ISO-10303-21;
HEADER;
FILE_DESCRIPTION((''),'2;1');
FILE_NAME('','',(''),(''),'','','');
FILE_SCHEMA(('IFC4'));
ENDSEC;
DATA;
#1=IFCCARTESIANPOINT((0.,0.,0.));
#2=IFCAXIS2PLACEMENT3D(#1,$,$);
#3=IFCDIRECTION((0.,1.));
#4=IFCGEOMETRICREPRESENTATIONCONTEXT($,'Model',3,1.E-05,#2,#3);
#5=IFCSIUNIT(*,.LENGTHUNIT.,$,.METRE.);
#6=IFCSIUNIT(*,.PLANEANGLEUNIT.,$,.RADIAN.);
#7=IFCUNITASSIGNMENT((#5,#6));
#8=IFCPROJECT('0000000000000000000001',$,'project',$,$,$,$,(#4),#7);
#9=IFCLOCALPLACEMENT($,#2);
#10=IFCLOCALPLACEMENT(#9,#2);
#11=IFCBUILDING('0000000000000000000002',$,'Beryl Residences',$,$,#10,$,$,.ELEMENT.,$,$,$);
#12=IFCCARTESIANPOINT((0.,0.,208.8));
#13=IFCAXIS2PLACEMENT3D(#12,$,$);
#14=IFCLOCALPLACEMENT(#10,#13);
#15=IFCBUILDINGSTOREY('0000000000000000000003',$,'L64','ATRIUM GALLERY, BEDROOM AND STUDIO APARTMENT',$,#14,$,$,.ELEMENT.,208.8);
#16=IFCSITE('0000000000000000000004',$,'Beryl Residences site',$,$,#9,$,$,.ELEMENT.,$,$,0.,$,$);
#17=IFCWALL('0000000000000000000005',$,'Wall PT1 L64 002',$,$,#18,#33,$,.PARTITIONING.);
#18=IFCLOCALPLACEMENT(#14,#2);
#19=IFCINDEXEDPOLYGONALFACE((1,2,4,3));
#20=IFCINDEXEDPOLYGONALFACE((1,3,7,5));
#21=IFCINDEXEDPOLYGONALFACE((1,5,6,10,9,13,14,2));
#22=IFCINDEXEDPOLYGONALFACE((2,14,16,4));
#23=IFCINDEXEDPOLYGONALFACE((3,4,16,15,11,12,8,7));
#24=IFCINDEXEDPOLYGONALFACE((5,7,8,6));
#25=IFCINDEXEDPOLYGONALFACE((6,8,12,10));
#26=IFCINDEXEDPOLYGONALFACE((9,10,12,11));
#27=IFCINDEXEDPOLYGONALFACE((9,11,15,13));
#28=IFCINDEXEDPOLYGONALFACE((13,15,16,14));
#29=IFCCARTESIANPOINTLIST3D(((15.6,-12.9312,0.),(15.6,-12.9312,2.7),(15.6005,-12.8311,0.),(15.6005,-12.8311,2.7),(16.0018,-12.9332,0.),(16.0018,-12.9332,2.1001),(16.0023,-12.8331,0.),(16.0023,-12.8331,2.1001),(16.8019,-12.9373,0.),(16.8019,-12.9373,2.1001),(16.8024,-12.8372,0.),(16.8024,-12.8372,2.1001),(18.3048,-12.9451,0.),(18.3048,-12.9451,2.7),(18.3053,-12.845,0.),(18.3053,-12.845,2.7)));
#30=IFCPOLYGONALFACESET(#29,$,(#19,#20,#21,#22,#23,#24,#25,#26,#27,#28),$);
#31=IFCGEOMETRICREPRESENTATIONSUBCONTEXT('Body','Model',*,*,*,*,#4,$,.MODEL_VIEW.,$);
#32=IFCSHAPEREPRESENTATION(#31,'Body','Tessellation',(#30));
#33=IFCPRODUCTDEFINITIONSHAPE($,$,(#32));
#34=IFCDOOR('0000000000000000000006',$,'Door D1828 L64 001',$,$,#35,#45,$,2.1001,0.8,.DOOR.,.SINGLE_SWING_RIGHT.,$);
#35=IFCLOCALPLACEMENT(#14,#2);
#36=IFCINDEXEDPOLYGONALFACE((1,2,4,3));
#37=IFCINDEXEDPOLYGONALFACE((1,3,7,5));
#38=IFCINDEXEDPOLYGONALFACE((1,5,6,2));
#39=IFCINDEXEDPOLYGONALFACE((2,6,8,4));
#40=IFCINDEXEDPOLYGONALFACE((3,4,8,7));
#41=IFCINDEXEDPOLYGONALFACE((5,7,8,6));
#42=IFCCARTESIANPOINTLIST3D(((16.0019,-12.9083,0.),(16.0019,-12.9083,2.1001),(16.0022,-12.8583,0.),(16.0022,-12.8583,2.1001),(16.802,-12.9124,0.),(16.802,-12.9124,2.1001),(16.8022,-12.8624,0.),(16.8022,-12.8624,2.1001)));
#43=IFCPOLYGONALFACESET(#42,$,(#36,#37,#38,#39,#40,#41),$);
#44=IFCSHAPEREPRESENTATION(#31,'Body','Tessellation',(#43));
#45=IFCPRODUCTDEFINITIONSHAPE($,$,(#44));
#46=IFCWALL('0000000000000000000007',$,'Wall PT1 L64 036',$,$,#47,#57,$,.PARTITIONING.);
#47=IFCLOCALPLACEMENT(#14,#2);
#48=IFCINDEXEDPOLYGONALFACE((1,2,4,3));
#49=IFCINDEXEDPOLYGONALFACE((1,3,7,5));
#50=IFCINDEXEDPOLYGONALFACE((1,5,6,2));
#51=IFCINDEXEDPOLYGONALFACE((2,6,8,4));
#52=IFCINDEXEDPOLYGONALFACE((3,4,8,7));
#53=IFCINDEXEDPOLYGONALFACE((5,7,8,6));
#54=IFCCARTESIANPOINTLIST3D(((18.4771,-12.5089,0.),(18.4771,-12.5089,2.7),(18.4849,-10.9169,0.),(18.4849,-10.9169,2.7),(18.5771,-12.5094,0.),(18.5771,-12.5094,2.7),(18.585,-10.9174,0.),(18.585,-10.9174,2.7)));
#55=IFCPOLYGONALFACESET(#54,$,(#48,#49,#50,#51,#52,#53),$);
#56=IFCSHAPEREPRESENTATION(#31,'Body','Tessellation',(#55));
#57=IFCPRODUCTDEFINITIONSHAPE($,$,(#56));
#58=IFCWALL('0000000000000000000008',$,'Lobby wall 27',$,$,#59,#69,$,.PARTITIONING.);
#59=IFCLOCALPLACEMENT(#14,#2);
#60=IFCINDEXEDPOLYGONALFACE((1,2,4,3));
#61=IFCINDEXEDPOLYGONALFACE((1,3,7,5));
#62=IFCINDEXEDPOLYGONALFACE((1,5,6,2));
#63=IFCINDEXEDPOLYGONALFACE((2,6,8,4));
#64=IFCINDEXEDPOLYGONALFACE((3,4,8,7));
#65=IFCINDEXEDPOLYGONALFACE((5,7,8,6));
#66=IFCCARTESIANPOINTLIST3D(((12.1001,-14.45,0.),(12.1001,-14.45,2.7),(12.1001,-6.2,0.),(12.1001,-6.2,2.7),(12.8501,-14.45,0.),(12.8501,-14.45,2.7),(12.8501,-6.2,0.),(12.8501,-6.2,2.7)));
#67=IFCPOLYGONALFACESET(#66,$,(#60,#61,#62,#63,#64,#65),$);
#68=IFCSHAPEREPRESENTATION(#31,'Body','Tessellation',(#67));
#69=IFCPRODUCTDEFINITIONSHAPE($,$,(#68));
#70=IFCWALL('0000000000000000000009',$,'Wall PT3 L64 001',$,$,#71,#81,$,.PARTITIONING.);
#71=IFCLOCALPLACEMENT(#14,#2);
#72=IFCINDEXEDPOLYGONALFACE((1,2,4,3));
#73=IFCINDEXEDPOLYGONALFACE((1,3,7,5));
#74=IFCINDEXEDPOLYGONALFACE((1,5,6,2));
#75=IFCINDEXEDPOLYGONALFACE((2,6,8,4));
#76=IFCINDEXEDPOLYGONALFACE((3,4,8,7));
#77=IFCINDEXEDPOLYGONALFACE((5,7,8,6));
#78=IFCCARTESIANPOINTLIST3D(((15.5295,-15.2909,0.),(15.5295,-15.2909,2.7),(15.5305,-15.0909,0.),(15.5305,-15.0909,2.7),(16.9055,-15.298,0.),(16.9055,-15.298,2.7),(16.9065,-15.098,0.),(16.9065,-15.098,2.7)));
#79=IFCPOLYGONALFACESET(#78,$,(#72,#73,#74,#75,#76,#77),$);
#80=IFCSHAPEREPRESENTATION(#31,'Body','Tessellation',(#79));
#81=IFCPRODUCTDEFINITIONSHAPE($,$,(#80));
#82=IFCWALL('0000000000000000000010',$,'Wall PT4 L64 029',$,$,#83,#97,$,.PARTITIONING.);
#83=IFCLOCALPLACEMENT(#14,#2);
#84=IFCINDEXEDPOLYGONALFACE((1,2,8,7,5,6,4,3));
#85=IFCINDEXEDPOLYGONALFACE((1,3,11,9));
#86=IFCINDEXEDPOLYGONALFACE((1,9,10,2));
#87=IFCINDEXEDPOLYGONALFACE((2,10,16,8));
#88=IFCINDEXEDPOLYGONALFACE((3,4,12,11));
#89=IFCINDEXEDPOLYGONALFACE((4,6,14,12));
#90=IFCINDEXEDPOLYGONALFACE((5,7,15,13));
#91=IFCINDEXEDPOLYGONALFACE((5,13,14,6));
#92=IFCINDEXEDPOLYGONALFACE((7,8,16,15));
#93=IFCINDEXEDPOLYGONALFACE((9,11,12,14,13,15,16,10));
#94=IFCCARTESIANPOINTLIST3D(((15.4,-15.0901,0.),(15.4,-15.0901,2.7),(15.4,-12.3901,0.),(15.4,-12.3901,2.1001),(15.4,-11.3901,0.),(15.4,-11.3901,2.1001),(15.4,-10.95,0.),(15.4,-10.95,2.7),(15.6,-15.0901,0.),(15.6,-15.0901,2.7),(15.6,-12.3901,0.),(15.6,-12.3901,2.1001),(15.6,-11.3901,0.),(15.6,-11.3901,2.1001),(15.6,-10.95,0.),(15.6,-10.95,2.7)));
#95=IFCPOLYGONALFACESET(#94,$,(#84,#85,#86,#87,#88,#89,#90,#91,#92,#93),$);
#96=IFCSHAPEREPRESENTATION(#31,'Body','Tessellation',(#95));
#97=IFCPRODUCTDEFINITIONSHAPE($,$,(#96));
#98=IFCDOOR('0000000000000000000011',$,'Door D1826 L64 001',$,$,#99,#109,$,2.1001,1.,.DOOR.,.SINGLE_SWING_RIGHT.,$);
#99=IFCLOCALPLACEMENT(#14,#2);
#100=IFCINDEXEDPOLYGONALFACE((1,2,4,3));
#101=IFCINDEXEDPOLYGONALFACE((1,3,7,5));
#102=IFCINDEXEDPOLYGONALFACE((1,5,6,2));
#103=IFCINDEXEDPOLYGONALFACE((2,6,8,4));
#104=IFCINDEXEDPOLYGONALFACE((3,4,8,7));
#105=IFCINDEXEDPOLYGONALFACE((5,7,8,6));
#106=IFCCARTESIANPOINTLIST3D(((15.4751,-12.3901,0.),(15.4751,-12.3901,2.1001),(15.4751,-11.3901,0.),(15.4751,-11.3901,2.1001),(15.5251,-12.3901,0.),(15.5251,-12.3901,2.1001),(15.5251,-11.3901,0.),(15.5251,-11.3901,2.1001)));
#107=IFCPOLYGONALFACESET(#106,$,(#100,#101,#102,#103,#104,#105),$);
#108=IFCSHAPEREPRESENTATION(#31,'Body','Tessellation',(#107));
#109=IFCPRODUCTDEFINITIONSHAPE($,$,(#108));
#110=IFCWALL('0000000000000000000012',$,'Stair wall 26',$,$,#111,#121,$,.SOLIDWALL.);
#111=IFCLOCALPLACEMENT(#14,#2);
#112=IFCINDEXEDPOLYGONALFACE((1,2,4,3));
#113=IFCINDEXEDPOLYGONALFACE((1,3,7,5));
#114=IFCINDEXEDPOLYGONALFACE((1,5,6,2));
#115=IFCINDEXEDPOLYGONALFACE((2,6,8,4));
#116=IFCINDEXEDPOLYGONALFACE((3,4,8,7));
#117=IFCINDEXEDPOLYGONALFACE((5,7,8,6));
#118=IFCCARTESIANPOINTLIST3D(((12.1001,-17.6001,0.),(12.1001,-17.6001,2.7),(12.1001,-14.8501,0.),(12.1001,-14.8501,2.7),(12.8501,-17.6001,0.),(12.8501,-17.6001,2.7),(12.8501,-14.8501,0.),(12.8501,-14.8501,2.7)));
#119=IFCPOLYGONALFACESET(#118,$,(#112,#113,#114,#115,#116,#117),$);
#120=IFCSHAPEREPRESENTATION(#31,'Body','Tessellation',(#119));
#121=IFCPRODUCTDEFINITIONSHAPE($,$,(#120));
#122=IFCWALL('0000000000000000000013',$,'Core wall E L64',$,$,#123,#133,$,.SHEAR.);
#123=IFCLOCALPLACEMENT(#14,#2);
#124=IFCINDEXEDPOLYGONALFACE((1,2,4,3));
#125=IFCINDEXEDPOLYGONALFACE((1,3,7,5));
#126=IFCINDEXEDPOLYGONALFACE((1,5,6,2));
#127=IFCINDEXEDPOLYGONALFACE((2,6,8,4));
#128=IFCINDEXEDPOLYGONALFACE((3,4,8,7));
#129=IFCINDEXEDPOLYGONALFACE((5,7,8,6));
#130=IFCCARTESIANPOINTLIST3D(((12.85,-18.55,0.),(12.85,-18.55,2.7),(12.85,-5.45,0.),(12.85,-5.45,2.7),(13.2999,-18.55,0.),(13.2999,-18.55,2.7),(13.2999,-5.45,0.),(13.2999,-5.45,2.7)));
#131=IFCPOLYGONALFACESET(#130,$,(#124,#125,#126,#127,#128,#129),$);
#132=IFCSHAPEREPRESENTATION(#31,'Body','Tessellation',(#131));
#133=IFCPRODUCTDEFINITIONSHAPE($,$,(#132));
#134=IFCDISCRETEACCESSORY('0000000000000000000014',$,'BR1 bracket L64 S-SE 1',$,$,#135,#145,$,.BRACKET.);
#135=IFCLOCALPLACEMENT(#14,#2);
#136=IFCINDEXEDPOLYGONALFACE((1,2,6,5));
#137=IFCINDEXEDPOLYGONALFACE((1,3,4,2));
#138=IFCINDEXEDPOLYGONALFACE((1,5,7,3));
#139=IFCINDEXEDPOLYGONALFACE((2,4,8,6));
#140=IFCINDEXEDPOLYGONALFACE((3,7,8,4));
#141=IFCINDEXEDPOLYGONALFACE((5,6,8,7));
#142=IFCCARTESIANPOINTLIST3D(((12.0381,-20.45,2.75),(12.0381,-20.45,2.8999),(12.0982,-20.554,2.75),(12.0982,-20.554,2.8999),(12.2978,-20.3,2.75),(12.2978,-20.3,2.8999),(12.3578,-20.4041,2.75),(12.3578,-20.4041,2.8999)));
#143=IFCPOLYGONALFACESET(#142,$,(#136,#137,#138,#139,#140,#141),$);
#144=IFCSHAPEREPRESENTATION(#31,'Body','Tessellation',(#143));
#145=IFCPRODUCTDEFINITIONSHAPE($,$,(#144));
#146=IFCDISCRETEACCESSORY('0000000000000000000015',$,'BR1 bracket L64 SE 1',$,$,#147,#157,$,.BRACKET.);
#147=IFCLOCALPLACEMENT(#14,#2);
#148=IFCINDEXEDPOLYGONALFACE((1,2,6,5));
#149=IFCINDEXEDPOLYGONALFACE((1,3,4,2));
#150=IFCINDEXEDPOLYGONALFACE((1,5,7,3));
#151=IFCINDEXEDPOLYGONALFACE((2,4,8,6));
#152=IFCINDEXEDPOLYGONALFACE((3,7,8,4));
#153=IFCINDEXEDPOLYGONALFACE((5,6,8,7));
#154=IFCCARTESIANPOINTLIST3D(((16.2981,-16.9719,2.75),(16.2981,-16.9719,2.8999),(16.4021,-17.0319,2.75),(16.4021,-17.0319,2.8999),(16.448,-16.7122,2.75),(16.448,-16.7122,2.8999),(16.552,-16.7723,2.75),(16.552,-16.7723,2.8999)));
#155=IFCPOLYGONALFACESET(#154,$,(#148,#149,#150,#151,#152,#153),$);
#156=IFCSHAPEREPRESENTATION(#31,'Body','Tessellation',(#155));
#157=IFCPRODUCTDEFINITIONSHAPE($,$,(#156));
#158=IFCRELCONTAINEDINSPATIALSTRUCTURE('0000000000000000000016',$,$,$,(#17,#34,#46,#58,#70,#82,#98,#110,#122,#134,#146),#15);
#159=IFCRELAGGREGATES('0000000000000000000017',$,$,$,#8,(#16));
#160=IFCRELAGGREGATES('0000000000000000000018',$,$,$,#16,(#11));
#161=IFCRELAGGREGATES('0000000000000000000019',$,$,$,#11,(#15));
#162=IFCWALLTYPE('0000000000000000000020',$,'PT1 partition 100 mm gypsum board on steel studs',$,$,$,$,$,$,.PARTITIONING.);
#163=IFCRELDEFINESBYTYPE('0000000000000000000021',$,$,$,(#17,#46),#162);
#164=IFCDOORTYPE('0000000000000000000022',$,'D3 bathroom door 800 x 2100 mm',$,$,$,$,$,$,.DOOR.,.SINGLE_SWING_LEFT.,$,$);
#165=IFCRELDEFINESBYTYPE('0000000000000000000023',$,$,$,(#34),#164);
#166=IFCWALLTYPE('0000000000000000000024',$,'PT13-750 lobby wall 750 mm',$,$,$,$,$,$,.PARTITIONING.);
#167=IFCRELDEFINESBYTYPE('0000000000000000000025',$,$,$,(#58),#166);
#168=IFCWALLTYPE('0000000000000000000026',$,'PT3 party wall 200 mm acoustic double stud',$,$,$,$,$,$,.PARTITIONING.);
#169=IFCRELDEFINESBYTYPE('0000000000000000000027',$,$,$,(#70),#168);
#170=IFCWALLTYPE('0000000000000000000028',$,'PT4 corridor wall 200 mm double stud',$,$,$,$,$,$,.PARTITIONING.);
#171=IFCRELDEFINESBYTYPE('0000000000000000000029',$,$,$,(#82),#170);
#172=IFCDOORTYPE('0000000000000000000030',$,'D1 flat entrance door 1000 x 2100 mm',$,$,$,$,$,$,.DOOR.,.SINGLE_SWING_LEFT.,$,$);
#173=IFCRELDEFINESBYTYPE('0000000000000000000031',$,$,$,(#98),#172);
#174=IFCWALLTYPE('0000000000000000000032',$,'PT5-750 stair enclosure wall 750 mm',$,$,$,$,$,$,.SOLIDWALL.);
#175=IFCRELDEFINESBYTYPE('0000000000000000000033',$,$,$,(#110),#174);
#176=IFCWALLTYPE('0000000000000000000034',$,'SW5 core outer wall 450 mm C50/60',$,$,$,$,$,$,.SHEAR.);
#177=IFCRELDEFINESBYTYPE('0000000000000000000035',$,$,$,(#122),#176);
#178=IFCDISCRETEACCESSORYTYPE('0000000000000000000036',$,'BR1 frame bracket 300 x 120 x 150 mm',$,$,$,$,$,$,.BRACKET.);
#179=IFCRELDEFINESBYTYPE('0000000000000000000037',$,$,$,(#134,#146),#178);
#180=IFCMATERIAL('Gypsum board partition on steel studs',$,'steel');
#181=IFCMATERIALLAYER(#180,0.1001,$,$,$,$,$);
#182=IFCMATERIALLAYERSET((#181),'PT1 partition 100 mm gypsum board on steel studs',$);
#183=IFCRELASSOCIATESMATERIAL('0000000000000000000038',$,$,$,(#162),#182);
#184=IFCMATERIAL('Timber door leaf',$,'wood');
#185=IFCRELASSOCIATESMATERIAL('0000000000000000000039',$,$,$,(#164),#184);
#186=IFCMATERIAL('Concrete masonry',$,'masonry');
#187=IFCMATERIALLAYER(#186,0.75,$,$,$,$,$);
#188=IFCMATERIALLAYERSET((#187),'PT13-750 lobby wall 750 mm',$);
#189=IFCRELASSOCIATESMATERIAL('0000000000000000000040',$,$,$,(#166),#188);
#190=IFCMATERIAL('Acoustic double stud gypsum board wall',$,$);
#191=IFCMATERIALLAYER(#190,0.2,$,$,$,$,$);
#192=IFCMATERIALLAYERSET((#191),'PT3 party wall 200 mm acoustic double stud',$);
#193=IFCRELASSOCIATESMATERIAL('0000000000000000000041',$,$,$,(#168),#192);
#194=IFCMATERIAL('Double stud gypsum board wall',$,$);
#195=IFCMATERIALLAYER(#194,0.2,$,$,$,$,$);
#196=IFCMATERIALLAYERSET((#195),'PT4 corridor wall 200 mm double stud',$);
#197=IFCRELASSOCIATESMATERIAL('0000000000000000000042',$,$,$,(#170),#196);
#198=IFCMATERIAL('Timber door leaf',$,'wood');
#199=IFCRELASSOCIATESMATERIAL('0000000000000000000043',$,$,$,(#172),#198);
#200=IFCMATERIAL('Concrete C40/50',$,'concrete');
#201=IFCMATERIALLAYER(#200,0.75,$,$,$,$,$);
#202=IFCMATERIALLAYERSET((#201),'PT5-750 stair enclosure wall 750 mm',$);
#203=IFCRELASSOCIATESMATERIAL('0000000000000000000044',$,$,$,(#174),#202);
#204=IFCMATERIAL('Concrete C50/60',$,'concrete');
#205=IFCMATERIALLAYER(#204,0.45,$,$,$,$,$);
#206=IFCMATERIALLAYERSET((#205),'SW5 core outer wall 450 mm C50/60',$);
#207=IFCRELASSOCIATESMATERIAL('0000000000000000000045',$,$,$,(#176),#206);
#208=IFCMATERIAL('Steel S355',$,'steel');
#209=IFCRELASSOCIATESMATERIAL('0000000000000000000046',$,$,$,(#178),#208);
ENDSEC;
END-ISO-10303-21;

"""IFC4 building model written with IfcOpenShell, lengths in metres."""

from ifc_helpers import new_model, si_unit, direction, frame, frame_2d, origin, place, context, subcontext, project, spatial, polyline, rectangle, outline, extrude, source, transform, mapped, material, layer, layer_set, type_object, type_shapes, element, fill, save


model = new_model("IFC4")

# Units and contexts
model_context = context("Model", 3, precision=1e-05, world=origin(), true_north=direction((0.0, 1.0)))
body_context = subcontext(model_context, "Body", "Model", "MODEL_VIEW")
ifc_project = project(units=[si_unit("LENGTHUNIT", "METRE"), si_unit("PLANEANGLEUNIT", "RADIAN")], contexts=[model_context])

# Site, building, storey
site_placement = place(None, origin())
site = spatial("IfcSite", under=ifc_project, at=site_placement, Name="Beryl Residences site", CompositionType="ELEMENT", RefElevation=0.0)
building_placement = place(site_placement, origin())
building = spatial("IfcBuilding", under=site, at=building_placement, Name="Beryl Residences", CompositionType="ELEMENT")
storey_placement = place(building_placement, frame((0.0, 0.0, 208.8)))
storey = spatial("IfcBuildingStorey", under=building, at=storey_placement, Name="L64", Description="ATRIUM GALLERY, BEDROOM AND STUDIO APARTMENT", CompositionType="ELEMENT", Elevation=208.8)

# Wall, opening, door
ifc_material_1 = material(Name="Gypsum board partition on steel studs", Category="steel")
ifc_layer_1 = layer(ifc_material_1, 0.1001)
ifc_layer_set_1 = layer_set([ifc_layer_1], Name="PT1 partition 100 mm gypsum board on steel studs")
wall_type_1 = type_object("IfcWallType", Name="PT1 partition 100 mm gypsum board on steel studs", PredefinedType="PARTITIONING", material=ifc_layer_set_1)
wall_1_placement = place(storey_placement, frame((15.6001, -12.8811, 0.0), z_axis=(0.0, 0.0, 1.0), x_axis=(0.999987, -0.005145, 0.0)))
wall_1 = element("IfcWall", 1, at=wall_1_placement, inside=storey, type_object=wall_type_1, Name="Wall PT1 L64 002", PredefinedType="PARTITIONING", context=body_context, shape_type="SweptSolid", body=[
    extrude(rectangle(XDim=2.7048, YDim=0.1001, at=frame_2d((1.3525, 0.0))), origin(), (0.0, 0.0, 1.0), 2.7),
])
opening_1_placement = place(wall_1_placement, frame((0.4021, 0.0, 0.0)))
opening_1 = element("IfcOpeningElement", 2, at=opening_1_placement, cuts=wall_1, PredefinedType="OPENING", context=body_context, shape_type="SweptSolid", body=[
    extrude(rectangle(XDim=0.8, YDim=2.1001, at=frame_2d((0.3999, 1.05))), frame((0.0, 0.0601, 0.0), z_axis=(0.0, -1.0, 0.0), x_axis=(1.0, 0.0, 0.0)), (0.0, 0.0, 1.0), 0.1201),
])
ifc_material_2 = material(Name="Timber door leaf", Category="wood")
door_type_1 = type_object("IfcDoorType", Name="D3 bathroom door 800 x 2100 mm", OperationType="SINGLE_SWING_LEFT", PredefinedType="DOOR", material=ifc_material_2)
door_1_placement = place(opening_1_placement, origin())
door_1 = element("IfcDoor", 3, at=door_1_placement, inside=storey, type_object=door_type_1, Name="Door D1828 L64 001", OperationType="SINGLE_SWING_RIGHT", OverallHeight=2.1001, OverallWidth=0.8, PredefinedType="DOOR", context=body_context, shape_type="SweptSolid", body=[
    extrude(rectangle(XDim=0.8, YDim=2.1001, at=frame_2d((0.3999, 1.05))), frame((0.0, 0.0249, 0.0), z_axis=(0.0, -1.0, 0.0), x_axis=(1.0, 0.0, 0.0)), (0.0, 0.0, 1.0), 0.05),
])
fill(opening_1, door_1)

# Walls
wall_2_placement = place(storey_placement, frame((18.5271, -12.509, 0.0), z_axis=(0.0, 0.0, 1.0), x_axis=(0.004907, 0.999988, 0.0)))
element("IfcWall", 4, at=wall_2_placement, inside=storey, type_object=wall_type_1, Name="Wall PT1 L64 036", PredefinedType="PARTITIONING", context=body_context, shape_type="SweptSolid", body=[
    extrude(rectangle(XDim=1.592, YDim=0.1001, at=frame_2d((0.7959, 0.0))), origin(), (0.0, 0.0, 1.0), 2.7),
])
ifc_material_3 = material(Name="Concrete masonry", Category="masonry")
ifc_layer_2 = layer(ifc_material_3, 0.75)
ifc_layer_set_2 = layer_set([ifc_layer_2], Name="PT13-750 lobby wall 750 mm")
wall_type_2 = type_object("IfcWallType", Name="PT13-750 lobby wall 750 mm", PredefinedType="PARTITIONING", material=ifc_layer_set_2)
wall_3_placement = place(storey_placement, frame((12.4751, -14.45, 0.0), z_axis=(0.0, 0.0, 1.0), x_axis=(0.0, 1.0, 0.0)))
element("IfcWall", 5, at=wall_3_placement, inside=storey, type_object=wall_type_2, Name="Lobby wall 27", PredefinedType="PARTITIONING", context=body_context, shape_type="SweptSolid", body=[
    extrude(rectangle(XDim=8.25, YDim=0.75, at=frame_2d((4.125, 0.0))), origin(), (0.0, 0.0, 1.0), 2.7),
])
ifc_material_4 = material(Name="Acoustic double stud gypsum board wall")
ifc_layer_3 = layer(ifc_material_4, 0.2)
ifc_layer_set_3 = layer_set([ifc_layer_3], Name="PT3 party wall 200 mm acoustic double stud")
wall_type_3 = type_object("IfcWallType", Name="PT3 party wall 200 mm acoustic double stud", PredefinedType="PARTITIONING", material=ifc_layer_set_3)
wall_4_placement = place(storey_placement, frame((15.53, -15.1909, 0.0), z_axis=(0.0, 0.0, 1.0), x_axis=(0.999987, -0.005145, 0.0)))
element("IfcWall", 6, at=wall_4_placement, inside=storey, type_object=wall_type_3, Name="Wall PT3 L64 001", PredefinedType="PARTITIONING", context=body_context, shape_type="SweptSolid", body=[
    extrude(rectangle(XDim=1.376, YDim=0.2, at=frame_2d((0.688, 0.0))), origin(), (0.0, 0.0, 1.0), 2.7),
])

# Wall, opening, door
ifc_material_5 = material(Name="Double stud gypsum board wall")
ifc_layer_4 = layer(ifc_material_5, 0.2)
ifc_layer_set_4 = layer_set([ifc_layer_4], Name="PT4 corridor wall 200 mm double stud")
wall_type_4 = type_object("IfcWallType", Name="PT4 corridor wall 200 mm double stud", PredefinedType="PARTITIONING", material=ifc_layer_set_4)
wall_5_placement = place(storey_placement, frame((15.5, -15.0901, 0.0), z_axis=(0.0, 0.0, 1.0), x_axis=(0.0, 1.0, 0.0)))
wall_5 = element("IfcWall", 7, at=wall_5_placement, inside=storey, type_object=wall_type_4, Name="Wall PT4 L64 029", PredefinedType="PARTITIONING", context=body_context, shape_type="SweptSolid", body=[
    extrude(rectangle(XDim=4.1401, YDim=0.2, at=frame_2d((2.0701, 0.0))), origin(), (0.0, 0.0, 1.0), 2.7),
])
opening_2_placement = place(wall_5_placement, frame((2.7, 0.0, 0.0)))
opening_2 = element("IfcOpeningElement", 8, at=opening_2_placement, cuts=wall_5, PredefinedType="OPENING", context=body_context, shape_type="SweptSolid", body=[
    extrude(rectangle(XDim=1.0, YDim=2.1001, at=frame_2d((0.5, 1.05))), frame((0.0, 0.1099, 0.0), z_axis=(0.0, -1.0, 0.0), x_axis=(1.0, 0.0, 0.0)), (0.0, 0.0, 1.0), 0.22),
])
ifc_material_6 = material(Name="Timber door leaf", Category="wood")
door_type_2 = type_object("IfcDoorType", Name="D1 flat entrance door 1000 x 2100 mm", OperationType="SINGLE_SWING_LEFT", PredefinedType="DOOR", material=ifc_material_6)
door_2_placement = place(opening_2_placement, origin())
door_2 = element("IfcDoor", 9, at=door_2_placement, inside=storey, type_object=door_type_2, Name="Door D1826 L64 001", OperationType="SINGLE_SWING_RIGHT", OverallHeight=2.1001, OverallWidth=1.0, PredefinedType="DOOR", context=body_context, shape_type="SweptSolid", body=[
    extrude(rectangle(XDim=1.0, YDim=2.1001, at=frame_2d((0.5, 1.05))), frame((0.0, 0.0249, 0.0), z_axis=(0.0, -1.0, 0.0), x_axis=(1.0, 0.0, 0.0)), (0.0, 0.0, 1.0), 0.05),
])
fill(opening_2, door_2)

# Walls
ifc_material_7 = material(Name="Concrete C40/50", Category="concrete")
ifc_layer_5 = layer(ifc_material_7, 0.75)
ifc_layer_set_5 = layer_set([ifc_layer_5], Name="PT5-750 stair enclosure wall 750 mm")
wall_type_5 = type_object("IfcWallType", Name="PT5-750 stair enclosure wall 750 mm", PredefinedType="SOLIDWALL", material=ifc_layer_set_5)
wall_6_placement = place(storey_placement, frame((12.4751, -17.6001, 0.0), z_axis=(0.0, 0.0, 1.0), x_axis=(0.0, 1.0, 0.0)))
element("IfcWall", 10, at=wall_6_placement, inside=storey, type_object=wall_type_5, Name="Stair wall 26", PredefinedType="SOLIDWALL", context=body_context, shape_type="SweptSolid", body=[
    extrude(rectangle(XDim=2.75, YDim=0.75, at=frame_2d((1.375, 0.0))), origin(), (0.0, 0.0, 1.0), 2.7),
])
ifc_material_8 = material(Name="Concrete C50/60", Category="concrete")
ifc_layer_6 = layer(ifc_material_8, 0.45)
ifc_layer_set_6 = layer_set([ifc_layer_6], Name="SW5 core outer wall 450 mm C50/60")
wall_type_6 = type_object("IfcWallType", Name="SW5 core outer wall 450 mm C50/60", PredefinedType="SHEAR", material=ifc_layer_set_6)
wall_7_placement = place(storey_placement, frame((13.075, -18.55, 0.0), z_axis=(0.0, 0.0, 1.0), x_axis=(0.0, 1.0, 0.0)))
element("IfcWall", 11, at=wall_7_placement, inside=storey, type_object=wall_type_6, Name="Core wall E L64", PredefinedType="SHEAR", context=body_context, shape_type="SweptSolid", body=[
    extrude(rectangle(XDim=13.1001, YDim=0.45, at=frame_2d((6.55, 0.0))), origin(), (0.0, 0.0, 1.0), 2.7),
])

# Discrete accessories
ifc_material_9 = material(Name="Steel S355", Category="steel")
discrete_accessory_type = type_object("IfcDiscreteAccessoryType", Name="BR1 frame bracket 300 x 120 x 150 mm", PredefinedType="BRACKET", material=ifc_material_9)
shared_shape_1 = source(origin(), body_context, "Body", "SweptSolid", [
    extrude(outline(polyline([(-0.1499, 0.0), (0.1499, 0.0), (0.1499, 0.1201), (-0.1499, 0.1201), (-0.1499, 0.0)])), origin(), (0.0, 0.0, 1.0), 0.1499),
])
type_shapes(discrete_accessory_type, [shared_shape_1])
for number, where, z_axis, x_axis, name in (
    (12, (12.168, -20.375, 2.75), (0.0, 0.0, 1.0), (-0.866025, -0.5, 0.0), "BR1 bracket L64 S-SE 1"),
    (13, (16.373, -16.842, 2.75), (0.0, 0.0, 1.0), (-0.5, -0.866025, 0.0), "BR1 bracket L64 SE 1"),
):
    element("IfcDiscreteAccessory", number, at=place(storey_placement, frame(where, z_axis=z_axis, x_axis=x_axis)), inside=storey, type_object=discrete_accessory_type, Name=name, PredefinedType="BRACKET", context=body_context, shape_type="MappedRepresentation", body=[
        mapped(shared_shape_1, transform((0.0, 0.0, 0.0))),
    ])

save(model, "model.ifc")
